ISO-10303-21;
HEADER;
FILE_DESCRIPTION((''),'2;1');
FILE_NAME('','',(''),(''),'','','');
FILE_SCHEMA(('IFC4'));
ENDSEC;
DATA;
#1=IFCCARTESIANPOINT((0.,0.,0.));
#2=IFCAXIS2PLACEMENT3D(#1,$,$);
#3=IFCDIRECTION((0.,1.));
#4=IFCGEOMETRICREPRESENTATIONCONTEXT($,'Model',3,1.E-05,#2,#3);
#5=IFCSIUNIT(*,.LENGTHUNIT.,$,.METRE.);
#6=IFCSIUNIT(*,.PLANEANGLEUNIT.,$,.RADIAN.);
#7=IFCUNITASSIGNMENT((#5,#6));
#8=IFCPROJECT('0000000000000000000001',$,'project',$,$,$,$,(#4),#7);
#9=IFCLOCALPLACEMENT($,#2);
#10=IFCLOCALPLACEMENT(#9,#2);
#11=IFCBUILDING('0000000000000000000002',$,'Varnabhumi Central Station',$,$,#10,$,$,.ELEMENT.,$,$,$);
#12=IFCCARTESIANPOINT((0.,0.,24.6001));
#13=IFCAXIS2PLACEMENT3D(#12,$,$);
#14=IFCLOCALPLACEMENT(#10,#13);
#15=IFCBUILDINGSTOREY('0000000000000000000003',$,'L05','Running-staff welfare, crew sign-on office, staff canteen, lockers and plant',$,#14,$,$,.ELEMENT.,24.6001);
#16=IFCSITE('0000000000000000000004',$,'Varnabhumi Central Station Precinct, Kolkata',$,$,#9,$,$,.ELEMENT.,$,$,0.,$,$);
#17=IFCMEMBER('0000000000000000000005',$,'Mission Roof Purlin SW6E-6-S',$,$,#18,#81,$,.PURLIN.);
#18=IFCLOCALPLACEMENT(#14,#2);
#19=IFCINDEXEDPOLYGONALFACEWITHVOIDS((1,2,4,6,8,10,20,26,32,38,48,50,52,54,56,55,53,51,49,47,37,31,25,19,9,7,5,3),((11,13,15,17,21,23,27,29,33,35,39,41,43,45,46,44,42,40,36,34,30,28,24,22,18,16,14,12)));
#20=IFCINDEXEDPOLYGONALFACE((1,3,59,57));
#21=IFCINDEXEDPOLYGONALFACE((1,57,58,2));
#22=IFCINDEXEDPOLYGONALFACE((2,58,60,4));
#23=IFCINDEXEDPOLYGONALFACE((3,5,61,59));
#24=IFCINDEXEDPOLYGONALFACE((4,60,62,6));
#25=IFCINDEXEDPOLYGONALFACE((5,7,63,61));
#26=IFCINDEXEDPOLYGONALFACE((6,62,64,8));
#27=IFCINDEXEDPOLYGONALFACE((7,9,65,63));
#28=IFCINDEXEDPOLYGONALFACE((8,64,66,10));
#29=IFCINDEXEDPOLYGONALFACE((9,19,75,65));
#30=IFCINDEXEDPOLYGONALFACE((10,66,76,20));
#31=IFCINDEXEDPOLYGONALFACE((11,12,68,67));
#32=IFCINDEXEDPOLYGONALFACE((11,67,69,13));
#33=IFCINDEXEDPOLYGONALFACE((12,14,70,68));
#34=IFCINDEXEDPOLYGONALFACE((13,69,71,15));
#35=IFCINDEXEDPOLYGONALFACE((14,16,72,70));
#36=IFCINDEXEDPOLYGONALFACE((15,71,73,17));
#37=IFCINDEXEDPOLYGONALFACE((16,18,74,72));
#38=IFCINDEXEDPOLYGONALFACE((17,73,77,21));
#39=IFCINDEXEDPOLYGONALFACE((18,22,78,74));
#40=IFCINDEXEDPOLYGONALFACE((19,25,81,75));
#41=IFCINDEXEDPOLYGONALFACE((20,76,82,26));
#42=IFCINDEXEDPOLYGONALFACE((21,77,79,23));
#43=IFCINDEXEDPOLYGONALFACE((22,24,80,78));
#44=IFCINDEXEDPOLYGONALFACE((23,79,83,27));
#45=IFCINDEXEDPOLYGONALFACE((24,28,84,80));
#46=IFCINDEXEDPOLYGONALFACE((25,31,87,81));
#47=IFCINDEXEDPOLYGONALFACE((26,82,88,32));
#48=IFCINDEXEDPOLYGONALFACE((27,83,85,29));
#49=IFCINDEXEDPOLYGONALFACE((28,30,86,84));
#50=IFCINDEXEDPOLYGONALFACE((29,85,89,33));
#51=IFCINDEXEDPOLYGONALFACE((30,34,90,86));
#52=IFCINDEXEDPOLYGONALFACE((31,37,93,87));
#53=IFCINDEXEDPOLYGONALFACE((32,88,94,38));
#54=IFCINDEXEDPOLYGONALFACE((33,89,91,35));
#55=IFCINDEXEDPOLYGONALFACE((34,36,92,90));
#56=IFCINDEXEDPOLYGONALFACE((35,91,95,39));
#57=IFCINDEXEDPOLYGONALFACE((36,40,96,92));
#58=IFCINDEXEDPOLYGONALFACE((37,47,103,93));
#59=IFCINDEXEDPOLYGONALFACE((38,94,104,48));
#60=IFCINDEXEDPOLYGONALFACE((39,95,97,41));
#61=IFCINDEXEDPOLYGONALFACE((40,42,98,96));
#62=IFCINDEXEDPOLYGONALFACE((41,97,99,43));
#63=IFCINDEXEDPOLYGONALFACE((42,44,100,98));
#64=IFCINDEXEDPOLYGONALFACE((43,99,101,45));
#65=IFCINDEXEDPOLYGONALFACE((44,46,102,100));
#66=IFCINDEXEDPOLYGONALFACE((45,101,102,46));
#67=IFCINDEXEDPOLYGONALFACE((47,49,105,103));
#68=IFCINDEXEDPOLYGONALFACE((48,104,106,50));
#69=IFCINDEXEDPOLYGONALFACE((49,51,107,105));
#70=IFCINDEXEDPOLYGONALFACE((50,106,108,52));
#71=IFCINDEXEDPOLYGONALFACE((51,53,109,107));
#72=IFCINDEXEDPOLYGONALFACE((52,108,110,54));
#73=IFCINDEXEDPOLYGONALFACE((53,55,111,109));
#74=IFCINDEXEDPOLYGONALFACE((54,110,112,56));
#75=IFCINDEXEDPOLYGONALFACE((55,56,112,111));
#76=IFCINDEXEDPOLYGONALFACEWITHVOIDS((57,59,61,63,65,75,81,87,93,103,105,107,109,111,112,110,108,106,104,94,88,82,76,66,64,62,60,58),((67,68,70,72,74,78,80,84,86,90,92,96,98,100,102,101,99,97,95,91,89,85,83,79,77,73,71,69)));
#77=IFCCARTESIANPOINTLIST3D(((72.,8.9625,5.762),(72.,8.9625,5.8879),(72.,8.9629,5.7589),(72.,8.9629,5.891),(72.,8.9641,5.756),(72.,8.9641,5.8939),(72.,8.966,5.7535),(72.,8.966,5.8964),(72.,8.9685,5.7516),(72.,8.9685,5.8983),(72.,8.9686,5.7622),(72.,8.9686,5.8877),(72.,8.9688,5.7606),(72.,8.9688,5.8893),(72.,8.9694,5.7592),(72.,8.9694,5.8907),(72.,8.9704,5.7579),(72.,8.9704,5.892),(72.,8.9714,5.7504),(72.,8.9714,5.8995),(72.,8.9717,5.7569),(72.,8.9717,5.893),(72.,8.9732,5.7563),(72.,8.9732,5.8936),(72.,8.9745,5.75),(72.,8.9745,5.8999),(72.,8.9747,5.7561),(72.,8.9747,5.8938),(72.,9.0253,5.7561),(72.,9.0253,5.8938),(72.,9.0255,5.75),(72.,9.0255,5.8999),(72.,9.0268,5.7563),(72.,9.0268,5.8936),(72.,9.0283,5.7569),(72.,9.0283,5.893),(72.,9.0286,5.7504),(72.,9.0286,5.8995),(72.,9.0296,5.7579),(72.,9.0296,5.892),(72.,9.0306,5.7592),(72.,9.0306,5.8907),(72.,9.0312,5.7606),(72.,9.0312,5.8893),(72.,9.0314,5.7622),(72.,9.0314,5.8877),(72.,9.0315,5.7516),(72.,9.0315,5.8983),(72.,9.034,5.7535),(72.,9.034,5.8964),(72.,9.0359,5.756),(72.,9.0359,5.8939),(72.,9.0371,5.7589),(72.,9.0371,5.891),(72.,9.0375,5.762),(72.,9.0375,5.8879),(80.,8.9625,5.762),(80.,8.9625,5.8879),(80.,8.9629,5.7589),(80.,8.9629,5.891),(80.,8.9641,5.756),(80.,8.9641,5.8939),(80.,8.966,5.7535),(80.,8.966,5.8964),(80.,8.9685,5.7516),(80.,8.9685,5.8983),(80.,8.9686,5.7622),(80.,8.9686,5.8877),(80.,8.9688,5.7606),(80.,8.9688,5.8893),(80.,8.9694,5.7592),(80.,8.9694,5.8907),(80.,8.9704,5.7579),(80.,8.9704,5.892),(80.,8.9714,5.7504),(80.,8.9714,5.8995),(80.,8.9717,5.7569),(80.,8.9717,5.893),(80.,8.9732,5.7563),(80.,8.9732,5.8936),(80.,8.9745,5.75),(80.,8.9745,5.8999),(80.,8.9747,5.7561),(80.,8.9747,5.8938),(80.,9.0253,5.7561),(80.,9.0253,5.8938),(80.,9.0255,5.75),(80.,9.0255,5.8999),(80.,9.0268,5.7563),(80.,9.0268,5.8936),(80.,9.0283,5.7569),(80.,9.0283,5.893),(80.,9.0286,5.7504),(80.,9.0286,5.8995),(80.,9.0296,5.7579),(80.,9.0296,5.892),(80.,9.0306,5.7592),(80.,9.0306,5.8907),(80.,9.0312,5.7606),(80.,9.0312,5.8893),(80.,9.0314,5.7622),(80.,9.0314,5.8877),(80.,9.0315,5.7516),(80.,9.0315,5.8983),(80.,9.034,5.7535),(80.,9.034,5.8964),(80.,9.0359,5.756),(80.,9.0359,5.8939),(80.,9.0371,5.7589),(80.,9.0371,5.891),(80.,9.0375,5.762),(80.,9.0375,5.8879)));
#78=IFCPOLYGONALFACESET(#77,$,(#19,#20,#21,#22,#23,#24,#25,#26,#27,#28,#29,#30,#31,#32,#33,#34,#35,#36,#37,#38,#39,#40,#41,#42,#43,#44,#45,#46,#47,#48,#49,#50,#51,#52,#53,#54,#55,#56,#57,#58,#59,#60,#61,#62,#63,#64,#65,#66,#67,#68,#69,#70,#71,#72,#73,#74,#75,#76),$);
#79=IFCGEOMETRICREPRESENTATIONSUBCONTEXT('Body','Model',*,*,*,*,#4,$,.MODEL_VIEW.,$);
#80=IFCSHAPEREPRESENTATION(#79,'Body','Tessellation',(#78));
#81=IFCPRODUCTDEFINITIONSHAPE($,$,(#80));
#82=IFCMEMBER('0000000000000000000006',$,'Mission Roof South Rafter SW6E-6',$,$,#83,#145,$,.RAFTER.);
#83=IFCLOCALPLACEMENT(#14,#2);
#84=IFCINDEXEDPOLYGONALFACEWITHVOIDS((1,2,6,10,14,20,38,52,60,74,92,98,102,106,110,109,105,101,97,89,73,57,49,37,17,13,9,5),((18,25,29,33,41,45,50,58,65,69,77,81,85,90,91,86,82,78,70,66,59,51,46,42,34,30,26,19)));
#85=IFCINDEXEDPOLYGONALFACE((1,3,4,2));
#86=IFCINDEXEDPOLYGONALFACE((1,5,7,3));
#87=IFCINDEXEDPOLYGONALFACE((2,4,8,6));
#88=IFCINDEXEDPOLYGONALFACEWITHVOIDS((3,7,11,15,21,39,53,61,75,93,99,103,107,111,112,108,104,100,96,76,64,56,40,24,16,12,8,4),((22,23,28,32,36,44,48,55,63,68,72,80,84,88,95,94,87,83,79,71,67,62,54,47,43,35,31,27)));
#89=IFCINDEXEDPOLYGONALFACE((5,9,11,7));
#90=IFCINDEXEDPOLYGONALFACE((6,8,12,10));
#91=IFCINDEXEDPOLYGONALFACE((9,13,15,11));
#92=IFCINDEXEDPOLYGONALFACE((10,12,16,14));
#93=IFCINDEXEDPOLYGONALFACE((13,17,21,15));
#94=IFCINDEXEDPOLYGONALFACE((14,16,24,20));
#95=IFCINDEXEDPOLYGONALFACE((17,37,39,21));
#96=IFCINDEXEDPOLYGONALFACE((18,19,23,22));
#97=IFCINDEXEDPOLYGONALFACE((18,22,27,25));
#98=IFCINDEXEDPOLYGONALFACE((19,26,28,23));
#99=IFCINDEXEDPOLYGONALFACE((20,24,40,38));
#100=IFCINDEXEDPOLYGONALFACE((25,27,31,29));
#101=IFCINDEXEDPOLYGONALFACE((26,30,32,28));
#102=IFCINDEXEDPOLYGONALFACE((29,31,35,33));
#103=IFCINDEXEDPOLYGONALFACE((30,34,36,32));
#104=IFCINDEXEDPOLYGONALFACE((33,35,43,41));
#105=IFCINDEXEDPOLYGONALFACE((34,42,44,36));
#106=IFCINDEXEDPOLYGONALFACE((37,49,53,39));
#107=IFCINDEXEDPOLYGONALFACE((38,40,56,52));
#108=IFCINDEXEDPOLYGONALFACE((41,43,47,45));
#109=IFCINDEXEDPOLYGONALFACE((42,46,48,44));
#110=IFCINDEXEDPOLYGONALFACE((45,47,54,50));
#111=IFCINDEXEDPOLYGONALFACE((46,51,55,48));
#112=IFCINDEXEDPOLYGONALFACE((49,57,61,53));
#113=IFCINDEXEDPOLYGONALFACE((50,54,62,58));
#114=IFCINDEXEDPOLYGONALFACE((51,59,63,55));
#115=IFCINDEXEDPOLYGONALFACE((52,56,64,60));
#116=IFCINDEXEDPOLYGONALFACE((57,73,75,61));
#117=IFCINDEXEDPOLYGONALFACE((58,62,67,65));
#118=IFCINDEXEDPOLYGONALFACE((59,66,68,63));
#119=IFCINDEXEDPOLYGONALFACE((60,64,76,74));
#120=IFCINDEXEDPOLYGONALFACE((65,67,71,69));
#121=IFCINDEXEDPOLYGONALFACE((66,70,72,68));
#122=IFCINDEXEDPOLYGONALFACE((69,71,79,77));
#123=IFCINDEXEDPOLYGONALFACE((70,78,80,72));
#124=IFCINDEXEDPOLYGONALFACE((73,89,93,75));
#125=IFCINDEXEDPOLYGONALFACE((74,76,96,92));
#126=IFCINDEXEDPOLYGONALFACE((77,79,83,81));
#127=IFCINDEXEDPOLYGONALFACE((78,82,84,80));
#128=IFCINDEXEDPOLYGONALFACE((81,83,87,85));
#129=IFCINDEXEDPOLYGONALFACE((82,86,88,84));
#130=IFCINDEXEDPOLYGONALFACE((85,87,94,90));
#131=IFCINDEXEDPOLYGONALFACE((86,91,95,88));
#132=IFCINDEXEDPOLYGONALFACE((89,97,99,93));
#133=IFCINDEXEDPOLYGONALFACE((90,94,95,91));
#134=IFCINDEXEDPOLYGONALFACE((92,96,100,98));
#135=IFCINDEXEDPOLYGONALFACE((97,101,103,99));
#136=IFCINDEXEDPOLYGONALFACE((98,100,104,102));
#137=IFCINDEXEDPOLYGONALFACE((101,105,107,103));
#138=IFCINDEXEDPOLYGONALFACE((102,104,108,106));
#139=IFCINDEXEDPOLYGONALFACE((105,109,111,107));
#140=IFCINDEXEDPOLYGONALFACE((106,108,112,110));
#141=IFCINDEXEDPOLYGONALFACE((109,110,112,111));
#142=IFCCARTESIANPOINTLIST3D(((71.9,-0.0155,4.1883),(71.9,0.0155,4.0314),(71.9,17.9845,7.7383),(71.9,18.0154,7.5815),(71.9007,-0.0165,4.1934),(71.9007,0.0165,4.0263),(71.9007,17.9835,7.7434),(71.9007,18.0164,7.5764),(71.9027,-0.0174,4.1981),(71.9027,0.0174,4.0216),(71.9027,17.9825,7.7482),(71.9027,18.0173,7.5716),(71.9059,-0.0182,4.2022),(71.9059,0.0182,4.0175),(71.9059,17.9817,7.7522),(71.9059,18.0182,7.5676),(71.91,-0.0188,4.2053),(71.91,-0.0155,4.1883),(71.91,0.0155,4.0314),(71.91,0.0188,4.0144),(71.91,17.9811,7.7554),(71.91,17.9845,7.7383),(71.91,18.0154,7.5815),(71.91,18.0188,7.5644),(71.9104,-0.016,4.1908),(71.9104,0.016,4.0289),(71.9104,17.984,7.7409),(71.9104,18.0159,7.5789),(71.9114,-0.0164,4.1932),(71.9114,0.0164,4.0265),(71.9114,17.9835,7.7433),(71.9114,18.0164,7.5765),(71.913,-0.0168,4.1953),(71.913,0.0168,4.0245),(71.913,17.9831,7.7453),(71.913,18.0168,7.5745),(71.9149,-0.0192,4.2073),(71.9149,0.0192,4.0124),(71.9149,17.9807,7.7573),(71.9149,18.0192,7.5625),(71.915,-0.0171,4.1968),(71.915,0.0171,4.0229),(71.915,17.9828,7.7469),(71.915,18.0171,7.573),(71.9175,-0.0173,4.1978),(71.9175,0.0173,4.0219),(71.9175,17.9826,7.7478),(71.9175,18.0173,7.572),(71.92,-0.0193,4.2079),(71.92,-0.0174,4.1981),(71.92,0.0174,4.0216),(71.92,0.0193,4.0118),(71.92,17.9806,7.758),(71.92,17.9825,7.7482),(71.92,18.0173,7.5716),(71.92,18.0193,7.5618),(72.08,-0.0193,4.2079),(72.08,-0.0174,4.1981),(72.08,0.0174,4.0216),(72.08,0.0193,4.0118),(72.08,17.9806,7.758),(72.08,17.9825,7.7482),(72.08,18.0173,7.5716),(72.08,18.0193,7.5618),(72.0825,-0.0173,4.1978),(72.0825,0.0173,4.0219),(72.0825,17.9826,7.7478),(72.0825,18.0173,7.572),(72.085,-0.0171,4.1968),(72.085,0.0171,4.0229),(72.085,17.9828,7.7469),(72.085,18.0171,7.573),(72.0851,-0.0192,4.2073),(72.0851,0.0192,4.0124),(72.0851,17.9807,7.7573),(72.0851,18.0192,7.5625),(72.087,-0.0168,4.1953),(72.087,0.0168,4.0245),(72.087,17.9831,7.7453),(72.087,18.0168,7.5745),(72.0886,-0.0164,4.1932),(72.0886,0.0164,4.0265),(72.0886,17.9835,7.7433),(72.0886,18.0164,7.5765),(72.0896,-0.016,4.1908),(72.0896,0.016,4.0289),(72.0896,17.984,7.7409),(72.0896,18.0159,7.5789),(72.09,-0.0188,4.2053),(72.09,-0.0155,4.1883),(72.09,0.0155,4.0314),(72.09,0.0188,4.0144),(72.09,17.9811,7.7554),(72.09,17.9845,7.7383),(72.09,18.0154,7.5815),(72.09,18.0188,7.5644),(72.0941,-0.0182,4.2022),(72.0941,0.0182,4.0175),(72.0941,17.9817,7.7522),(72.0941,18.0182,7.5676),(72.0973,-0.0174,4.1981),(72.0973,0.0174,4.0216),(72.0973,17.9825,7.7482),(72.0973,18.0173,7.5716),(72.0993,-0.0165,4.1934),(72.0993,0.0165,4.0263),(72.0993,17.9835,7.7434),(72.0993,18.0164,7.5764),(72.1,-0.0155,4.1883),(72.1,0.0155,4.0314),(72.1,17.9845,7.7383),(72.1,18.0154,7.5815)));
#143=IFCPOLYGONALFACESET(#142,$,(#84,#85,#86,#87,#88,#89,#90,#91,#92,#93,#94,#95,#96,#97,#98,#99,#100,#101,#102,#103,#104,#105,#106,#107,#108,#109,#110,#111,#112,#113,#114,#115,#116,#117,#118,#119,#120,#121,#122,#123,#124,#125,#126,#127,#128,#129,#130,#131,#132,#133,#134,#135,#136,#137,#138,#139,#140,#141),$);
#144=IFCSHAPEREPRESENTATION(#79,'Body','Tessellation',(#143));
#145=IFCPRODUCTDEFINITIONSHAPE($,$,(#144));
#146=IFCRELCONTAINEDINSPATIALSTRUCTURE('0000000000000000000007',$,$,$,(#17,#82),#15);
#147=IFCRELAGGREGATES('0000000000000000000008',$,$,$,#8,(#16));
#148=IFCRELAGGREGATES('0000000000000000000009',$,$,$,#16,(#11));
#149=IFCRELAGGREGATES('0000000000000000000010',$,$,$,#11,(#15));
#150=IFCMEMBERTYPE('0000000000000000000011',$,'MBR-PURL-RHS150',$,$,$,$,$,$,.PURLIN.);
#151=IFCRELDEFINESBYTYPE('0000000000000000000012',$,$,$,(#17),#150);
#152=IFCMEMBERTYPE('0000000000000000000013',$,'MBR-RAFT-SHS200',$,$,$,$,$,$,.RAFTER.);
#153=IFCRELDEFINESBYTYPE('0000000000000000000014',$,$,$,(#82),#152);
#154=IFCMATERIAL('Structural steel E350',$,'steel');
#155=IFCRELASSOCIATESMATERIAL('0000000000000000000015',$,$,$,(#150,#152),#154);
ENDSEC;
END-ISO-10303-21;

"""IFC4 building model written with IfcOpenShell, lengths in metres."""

from ifc_helpers import new_model, si_unit, direction, frame, origin, origin_2d, place, context, subcontext, project, spatial, hollow_rectangle, extrude, material, material_profile, profile_set, type_object, element, save


model = new_model("IFC4")

# Units and contexts
model_context = context("Model", 3, precision=1e-05, world=origin(), true_north=direction((0.0, 1.0)))
body_context = subcontext(model_context, "Body", "Model", "MODEL_VIEW")
ifc_project = project(units=[si_unit("LENGTHUNIT", "METRE"), si_unit("PLANEANGLEUNIT", "RADIAN")], contexts=[model_context])

# Site, building, storey
site_placement = place(None, origin())
site = spatial("IfcSite", under=ifc_project, at=site_placement, Name="Varnabhumi Central Station Precinct, Kolkata", CompositionType="ELEMENT", RefElevation=0.0)
building_placement = place(site_placement, origin())
building = spatial("IfcBuilding", under=site, at=building_placement, Name="Varnabhumi Central Station", CompositionType="ELEMENT")
storey_placement = place(building_placement, frame((0.0, 0.0, 24.6001)))
storey = spatial("IfcBuildingStorey", under=building, at=storey_placement, Name="L05", Description="Running-staff welfare, crew sign-on office, staff canteen, lockers and plant", CompositionType="ELEMENT", Elevation=24.6001)

# Shared definitions
ifc_material_1 = material(Name="Structural steel E350", Category="steel")

# Members
ifc_material_profile_1 = material_profile(ifc_material_1, hollow_rectangle(XDim=0.075, YDim=0.1499, WallThickness=0.0061, InnerFilletRadius=0.0061, OuterFilletRadius=0.012, at=origin_2d()), Name="Structural steel E350", Category="steel")
ifc_profile_set_1 = profile_set([ifc_material_profile_1], Name="Structural steel E350")
member_type_1 = type_object("IfcMemberType", Name="MBR-PURL-RHS150", PredefinedType="PURLIN", material=ifc_profile_set_1)
member_1_placement = place(storey_placement, frame((72.0, 9.0, 5.825), z_axis=(1.0, 0.0, 0.0), x_axis=(0.0, 1.0, 0.0)))
element("IfcMember", 1, at=member_1_placement, inside=storey, type_object=member_type_1, Name="Mission Roof Purlin SW6E-6-S", PredefinedType="PURLIN", context=body_context, shape_type="SweptSolid", body=[
    extrude(hollow_rectangle(XDim=0.075, YDim=0.1499, WallThickness=0.0061, InnerFilletRadius=0.0061, OuterFilletRadius=0.012, at=origin_2d()), origin(), (0.0, 0.0, 1.0), 8.0),
])
ifc_material_profile_2 = material_profile(ifc_material_1, hollow_rectangle(XDim=0.2, YDim=0.2, WallThickness=0.01, InnerFilletRadius=0.01, OuterFilletRadius=0.02, at=origin_2d()), Name="Structural steel E350", Category="steel")
ifc_profile_set_2 = profile_set([ifc_material_profile_2], Name="Structural steel E350")
member_type_2 = type_object("IfcMemberType", Name="MBR-RAFT-SHS200", PredefinedType="RAFTER", material=ifc_profile_set_2)
for number, where, z_axis, x_axis, name in (
    (2, (72.0, 0.0, 4.1099), (0.0, 0.981101, 0.193498), (-1.0, 0.0, 0.0), "Mission Roof South Rafter SW6E-6"),
):
    element("IfcMember", number, at=place(storey_placement, frame(where, z_axis=z_axis, x_axis=x_axis)), inside=storey, type_object=member_type_2, Name=name, PredefinedType="RAFTER", context=body_context, shape_type="SweptSolid", body=[
        extrude(hollow_rectangle(XDim=0.2, YDim=0.2, WallThickness=0.01, InnerFilletRadius=0.01, OuterFilletRadius=0.02, at=origin_2d()), origin(), (0.0, 0.0, 1.0), 18.3467),
    ])

save(model, "model.ifc")
